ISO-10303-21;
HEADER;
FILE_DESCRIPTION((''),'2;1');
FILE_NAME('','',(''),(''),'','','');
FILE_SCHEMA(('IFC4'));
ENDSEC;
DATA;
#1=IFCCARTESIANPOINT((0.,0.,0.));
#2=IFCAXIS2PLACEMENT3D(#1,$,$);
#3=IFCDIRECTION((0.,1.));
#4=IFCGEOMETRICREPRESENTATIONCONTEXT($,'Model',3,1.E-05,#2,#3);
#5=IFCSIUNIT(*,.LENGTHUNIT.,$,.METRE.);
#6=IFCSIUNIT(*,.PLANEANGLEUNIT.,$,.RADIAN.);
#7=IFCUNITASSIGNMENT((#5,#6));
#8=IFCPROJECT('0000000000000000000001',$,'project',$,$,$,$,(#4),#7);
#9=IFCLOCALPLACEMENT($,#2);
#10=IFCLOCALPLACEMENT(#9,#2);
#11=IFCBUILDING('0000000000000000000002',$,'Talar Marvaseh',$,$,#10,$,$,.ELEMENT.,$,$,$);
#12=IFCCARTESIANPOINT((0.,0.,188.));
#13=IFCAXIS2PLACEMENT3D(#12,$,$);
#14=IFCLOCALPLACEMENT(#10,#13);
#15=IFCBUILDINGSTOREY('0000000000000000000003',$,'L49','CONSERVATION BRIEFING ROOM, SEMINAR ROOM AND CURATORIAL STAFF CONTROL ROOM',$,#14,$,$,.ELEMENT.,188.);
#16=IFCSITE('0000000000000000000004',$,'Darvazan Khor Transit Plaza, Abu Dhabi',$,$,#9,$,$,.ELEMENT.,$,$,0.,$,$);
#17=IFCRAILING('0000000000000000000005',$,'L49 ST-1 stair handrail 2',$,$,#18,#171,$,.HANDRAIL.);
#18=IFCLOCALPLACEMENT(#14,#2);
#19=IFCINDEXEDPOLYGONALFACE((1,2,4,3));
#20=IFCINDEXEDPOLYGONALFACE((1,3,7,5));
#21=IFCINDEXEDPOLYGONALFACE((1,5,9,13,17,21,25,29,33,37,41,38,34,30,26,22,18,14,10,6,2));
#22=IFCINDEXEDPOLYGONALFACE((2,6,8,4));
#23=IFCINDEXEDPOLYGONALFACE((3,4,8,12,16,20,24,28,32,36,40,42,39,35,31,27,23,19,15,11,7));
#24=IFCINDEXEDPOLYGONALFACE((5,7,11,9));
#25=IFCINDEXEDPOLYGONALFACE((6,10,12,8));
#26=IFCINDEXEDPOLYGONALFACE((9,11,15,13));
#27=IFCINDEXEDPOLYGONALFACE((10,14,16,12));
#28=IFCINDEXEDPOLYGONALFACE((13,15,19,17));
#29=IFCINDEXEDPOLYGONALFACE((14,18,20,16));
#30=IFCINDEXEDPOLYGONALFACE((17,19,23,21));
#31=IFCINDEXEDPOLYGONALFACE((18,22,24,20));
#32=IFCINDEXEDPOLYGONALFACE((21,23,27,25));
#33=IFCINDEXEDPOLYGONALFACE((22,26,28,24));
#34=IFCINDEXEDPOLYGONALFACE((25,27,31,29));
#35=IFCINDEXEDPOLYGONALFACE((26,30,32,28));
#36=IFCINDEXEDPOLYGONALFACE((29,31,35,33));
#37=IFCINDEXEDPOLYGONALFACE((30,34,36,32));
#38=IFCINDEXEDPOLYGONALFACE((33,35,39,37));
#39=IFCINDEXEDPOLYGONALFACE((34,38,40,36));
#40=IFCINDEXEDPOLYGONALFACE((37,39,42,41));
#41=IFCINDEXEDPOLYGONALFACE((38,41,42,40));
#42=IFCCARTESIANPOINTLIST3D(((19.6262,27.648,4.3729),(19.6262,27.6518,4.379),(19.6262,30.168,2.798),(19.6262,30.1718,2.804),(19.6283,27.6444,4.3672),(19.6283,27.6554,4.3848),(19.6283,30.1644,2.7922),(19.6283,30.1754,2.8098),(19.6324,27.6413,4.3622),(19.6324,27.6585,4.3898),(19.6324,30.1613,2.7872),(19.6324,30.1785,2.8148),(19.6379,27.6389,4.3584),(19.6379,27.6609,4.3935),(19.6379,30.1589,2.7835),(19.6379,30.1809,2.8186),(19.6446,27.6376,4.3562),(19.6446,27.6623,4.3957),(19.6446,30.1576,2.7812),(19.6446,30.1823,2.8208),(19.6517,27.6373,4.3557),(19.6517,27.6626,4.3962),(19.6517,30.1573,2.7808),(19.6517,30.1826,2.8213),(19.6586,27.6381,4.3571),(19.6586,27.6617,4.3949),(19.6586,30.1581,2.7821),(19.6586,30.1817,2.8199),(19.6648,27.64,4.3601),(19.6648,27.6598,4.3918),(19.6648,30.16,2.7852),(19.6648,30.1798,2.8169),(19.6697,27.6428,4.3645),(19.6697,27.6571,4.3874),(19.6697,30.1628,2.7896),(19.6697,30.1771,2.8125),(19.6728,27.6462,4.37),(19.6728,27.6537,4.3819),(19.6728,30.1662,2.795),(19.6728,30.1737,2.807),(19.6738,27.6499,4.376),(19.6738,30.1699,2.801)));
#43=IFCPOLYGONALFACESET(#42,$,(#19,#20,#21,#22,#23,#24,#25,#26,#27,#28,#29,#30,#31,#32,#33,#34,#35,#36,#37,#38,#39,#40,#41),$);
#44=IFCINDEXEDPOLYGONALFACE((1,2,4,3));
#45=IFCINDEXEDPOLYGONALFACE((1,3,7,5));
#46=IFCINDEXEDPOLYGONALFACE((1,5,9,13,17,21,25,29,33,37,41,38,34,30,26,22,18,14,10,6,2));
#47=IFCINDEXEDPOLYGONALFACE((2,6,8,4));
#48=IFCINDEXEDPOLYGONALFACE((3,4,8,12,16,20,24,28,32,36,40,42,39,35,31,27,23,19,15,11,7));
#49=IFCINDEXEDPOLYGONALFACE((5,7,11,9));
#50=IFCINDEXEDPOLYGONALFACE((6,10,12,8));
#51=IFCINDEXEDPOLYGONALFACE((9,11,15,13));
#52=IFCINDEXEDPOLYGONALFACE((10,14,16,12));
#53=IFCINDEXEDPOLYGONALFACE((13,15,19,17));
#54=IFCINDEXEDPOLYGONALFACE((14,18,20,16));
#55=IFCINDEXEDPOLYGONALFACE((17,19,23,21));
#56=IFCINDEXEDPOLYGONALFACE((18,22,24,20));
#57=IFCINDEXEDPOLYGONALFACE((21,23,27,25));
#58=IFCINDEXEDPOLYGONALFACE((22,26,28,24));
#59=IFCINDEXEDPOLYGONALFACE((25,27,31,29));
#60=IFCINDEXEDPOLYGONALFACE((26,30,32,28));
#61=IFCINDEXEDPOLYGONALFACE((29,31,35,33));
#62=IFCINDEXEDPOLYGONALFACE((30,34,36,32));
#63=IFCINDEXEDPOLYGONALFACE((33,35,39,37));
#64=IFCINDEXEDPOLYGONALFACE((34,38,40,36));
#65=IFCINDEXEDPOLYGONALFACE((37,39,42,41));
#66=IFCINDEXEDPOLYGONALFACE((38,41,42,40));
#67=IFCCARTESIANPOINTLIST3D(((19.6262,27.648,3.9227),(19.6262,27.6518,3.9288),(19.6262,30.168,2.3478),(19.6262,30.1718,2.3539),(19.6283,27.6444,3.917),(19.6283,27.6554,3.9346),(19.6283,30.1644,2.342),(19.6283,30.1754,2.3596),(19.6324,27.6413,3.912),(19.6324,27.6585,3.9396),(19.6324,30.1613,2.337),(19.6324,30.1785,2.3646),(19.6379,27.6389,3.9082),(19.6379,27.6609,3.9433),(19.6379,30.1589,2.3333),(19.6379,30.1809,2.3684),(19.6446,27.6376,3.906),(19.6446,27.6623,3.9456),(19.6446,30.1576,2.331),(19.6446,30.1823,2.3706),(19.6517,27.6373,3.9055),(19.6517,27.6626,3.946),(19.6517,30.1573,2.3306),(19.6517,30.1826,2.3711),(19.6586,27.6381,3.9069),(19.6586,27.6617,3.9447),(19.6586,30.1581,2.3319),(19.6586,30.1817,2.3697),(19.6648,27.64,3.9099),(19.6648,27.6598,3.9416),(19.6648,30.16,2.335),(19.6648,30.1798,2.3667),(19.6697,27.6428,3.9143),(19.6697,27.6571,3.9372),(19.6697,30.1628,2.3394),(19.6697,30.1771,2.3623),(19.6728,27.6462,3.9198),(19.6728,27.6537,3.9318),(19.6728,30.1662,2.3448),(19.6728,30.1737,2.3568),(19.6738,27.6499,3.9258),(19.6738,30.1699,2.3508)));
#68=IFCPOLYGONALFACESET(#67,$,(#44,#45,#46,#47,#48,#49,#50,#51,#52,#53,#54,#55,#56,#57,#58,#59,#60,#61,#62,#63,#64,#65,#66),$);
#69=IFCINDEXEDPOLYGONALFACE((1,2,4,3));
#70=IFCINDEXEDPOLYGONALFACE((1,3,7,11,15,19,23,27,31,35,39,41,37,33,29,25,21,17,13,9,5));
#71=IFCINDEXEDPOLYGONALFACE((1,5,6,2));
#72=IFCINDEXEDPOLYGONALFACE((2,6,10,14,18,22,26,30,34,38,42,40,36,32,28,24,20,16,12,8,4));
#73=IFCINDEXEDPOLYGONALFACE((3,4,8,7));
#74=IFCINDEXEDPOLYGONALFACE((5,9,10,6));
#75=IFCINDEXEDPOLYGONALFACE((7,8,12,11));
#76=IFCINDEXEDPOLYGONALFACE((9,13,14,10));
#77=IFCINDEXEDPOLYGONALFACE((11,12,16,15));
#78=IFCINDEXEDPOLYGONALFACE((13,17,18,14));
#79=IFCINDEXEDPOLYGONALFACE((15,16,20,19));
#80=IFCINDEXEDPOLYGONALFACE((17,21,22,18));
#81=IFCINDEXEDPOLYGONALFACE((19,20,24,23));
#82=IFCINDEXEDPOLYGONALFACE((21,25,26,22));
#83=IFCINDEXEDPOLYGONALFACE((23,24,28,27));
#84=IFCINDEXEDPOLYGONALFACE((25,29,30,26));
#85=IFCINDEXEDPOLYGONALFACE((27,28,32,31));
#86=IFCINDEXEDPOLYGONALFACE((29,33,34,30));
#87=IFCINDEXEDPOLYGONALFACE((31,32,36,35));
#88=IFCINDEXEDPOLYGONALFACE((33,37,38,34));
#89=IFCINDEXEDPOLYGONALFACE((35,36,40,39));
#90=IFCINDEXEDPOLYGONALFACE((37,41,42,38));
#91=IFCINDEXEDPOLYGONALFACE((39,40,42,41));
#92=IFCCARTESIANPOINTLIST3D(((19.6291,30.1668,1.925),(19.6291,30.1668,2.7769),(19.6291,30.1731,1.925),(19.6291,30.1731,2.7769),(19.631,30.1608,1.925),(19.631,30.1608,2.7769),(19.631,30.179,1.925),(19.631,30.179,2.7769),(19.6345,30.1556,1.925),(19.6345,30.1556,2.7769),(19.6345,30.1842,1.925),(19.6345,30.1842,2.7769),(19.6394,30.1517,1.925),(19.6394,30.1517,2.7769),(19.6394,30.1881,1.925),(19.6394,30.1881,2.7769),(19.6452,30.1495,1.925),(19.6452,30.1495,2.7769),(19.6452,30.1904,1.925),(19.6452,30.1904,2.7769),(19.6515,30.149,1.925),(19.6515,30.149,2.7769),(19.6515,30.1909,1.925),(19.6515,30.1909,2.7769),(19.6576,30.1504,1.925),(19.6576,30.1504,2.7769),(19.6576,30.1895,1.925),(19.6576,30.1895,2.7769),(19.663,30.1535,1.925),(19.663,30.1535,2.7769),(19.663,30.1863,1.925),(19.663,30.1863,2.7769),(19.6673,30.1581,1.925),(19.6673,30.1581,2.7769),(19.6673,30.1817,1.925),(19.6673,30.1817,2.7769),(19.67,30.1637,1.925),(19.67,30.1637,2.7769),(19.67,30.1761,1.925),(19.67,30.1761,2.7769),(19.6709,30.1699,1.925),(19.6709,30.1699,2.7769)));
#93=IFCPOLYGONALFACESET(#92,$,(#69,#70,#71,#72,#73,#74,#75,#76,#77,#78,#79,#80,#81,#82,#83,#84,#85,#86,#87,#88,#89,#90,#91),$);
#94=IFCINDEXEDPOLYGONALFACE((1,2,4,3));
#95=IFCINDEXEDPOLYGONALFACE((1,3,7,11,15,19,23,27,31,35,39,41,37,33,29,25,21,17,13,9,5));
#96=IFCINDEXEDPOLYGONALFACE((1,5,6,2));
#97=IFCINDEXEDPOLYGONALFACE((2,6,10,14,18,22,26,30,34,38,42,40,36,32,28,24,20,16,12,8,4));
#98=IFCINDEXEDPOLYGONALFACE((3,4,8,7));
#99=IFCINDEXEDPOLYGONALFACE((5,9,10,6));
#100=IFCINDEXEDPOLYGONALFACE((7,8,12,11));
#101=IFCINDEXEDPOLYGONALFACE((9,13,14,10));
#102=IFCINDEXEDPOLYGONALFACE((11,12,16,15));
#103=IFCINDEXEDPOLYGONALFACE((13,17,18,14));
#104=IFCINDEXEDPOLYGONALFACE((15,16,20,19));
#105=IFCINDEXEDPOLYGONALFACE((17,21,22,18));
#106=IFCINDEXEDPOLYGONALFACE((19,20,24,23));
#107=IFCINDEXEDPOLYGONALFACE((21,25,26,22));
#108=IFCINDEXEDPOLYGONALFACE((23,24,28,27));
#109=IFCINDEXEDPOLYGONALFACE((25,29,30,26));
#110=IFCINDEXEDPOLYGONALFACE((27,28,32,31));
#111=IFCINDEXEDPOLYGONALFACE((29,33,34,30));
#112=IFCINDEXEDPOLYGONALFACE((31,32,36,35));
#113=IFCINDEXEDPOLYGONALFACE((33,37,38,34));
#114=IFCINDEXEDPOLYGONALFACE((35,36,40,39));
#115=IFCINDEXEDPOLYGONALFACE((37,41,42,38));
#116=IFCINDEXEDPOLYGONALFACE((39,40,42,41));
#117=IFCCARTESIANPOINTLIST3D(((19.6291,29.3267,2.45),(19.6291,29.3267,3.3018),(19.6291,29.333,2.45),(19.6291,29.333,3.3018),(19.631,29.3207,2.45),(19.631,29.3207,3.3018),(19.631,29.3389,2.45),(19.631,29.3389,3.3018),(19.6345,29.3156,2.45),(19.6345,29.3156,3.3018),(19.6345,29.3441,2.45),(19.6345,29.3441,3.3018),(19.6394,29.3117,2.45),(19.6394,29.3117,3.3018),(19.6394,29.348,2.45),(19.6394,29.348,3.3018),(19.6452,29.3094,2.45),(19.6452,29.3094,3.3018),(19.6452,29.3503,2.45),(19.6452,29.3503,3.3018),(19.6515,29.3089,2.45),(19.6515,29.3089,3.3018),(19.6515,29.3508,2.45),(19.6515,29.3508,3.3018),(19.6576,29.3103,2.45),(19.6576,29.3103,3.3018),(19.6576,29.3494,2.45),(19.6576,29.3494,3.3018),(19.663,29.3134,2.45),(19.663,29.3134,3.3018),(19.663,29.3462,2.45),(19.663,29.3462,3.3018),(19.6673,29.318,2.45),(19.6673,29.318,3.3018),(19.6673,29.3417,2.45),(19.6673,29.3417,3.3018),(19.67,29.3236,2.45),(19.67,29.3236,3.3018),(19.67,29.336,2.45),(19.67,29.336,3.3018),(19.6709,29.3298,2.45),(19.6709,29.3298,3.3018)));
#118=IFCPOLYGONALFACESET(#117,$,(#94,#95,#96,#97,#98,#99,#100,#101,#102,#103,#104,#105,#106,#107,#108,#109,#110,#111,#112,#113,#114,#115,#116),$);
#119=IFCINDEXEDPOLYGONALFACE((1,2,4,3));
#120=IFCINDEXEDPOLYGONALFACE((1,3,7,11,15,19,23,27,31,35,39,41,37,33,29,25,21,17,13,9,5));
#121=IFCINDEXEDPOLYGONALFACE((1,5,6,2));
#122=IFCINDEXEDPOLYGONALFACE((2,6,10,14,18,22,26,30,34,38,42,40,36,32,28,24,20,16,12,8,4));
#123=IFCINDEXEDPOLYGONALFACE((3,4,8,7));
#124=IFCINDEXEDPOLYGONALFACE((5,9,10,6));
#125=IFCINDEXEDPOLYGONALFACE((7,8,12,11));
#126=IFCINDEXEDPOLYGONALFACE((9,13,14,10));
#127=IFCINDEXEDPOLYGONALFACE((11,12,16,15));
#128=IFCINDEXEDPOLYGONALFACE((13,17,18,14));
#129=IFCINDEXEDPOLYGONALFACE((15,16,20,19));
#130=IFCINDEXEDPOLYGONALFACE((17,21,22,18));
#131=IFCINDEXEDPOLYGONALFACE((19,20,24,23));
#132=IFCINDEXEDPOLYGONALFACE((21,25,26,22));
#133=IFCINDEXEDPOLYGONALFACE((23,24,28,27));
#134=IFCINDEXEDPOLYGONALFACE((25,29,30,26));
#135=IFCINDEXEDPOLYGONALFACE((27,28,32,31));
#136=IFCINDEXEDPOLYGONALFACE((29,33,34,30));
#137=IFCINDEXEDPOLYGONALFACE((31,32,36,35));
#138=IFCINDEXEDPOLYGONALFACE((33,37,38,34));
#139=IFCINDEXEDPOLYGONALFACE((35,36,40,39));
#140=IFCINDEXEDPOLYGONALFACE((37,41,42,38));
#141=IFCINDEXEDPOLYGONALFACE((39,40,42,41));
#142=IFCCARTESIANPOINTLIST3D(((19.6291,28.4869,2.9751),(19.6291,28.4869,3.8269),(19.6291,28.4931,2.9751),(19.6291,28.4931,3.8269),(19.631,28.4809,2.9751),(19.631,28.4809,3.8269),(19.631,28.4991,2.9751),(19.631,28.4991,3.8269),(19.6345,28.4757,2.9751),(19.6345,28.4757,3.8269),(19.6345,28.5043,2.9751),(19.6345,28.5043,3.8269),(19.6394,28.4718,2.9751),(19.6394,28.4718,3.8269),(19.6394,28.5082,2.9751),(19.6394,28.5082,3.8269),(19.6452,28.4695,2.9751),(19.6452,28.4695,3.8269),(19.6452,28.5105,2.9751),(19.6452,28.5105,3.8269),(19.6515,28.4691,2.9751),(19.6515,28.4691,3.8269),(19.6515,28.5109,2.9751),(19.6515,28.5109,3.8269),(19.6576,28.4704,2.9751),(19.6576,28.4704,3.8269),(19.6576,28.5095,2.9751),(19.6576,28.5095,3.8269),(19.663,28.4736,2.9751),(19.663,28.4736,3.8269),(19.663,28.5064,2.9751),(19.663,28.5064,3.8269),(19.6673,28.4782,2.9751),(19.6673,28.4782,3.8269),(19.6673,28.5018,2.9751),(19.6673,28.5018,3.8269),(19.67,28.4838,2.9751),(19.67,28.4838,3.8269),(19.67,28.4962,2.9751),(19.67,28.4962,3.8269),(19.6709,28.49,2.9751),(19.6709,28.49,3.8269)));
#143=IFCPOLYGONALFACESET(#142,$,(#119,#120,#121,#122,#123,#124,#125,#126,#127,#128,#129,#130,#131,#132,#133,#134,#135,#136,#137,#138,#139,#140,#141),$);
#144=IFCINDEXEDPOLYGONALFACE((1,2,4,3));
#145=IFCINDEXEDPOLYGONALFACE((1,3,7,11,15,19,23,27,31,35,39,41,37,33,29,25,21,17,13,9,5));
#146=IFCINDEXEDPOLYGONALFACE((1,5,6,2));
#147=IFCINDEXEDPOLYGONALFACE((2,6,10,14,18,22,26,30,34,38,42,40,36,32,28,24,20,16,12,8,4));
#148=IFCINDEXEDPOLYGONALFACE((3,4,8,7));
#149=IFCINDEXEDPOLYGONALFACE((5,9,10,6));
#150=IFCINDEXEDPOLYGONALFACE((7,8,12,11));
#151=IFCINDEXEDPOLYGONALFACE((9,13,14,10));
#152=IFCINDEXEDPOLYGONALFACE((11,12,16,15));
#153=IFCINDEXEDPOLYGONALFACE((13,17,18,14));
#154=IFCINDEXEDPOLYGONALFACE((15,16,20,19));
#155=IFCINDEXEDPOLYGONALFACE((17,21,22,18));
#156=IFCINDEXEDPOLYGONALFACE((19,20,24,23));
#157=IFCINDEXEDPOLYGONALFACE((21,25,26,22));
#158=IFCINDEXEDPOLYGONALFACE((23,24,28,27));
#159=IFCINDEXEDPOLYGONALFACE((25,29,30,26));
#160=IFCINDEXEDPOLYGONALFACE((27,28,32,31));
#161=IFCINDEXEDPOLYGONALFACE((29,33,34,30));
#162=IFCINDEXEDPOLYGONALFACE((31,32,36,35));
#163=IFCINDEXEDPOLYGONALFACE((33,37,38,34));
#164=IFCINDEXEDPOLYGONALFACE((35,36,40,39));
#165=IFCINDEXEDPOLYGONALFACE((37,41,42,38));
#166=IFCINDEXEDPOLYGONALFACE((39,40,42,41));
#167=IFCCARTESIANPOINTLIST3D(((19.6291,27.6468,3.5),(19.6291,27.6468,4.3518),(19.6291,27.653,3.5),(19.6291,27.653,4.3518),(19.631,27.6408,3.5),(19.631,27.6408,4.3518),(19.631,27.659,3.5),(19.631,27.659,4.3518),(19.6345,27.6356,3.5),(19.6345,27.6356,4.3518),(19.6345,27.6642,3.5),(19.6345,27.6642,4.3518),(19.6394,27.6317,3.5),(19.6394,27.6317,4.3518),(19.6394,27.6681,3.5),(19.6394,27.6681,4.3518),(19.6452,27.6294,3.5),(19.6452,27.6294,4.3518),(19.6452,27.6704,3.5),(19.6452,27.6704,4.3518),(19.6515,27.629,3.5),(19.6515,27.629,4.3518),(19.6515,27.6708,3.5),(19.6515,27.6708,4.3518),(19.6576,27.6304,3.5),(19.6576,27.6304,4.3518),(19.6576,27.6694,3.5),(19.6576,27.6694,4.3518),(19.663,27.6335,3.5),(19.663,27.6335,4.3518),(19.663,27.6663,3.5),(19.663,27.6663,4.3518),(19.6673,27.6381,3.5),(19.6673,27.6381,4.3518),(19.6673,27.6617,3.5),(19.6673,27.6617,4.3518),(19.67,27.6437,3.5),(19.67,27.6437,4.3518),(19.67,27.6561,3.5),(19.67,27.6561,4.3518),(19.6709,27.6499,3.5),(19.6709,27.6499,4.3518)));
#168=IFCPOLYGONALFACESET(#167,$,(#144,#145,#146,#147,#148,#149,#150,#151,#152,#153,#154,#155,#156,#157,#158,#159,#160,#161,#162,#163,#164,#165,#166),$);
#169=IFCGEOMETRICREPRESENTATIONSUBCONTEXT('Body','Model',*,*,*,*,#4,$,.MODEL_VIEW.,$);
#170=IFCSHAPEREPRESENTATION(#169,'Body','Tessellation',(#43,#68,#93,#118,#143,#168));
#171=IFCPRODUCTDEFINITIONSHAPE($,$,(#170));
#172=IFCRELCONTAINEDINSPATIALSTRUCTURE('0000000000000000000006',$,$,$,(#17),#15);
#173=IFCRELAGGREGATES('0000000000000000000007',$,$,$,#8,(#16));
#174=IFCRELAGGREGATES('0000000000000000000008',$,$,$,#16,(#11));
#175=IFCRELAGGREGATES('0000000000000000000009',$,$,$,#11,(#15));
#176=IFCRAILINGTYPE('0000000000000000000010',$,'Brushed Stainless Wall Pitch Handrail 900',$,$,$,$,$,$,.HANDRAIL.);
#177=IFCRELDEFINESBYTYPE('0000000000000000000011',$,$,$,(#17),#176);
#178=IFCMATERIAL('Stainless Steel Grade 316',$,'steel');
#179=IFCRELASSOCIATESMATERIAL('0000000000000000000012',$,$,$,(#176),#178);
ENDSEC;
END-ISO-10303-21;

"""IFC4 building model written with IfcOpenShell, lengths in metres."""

from ifc_helpers import new_model, si_unit, direction, frame, origin, origin_2d, place, context, subcontext, project, spatial, circle, extrude, material, type_object, element, save


model = new_model("IFC4")

# Units and contexts
model_context = context("Model", 3, precision=1e-05, world=origin(), true_north=direction((0.0, 1.0)))
body_context = subcontext(model_context, "Body", "Model", "MODEL_VIEW")
ifc_project = project(units=[si_unit("LENGTHUNIT", "METRE"), si_unit("PLANEANGLEUNIT", "RADIAN")], contexts=[model_context])

# Site, building, storey
site_placement = place(None, origin())
site = spatial("IfcSite", under=ifc_project, at=site_placement, Name="Darvazan Khor Transit Plaza, Abu Dhabi", CompositionType="ELEMENT", RefElevation=0.0)
building_placement = place(site_placement, origin())
building = spatial("IfcBuilding", under=site, at=building_placement, Name="Talar Marvaseh", CompositionType="ELEMENT")
storey_placement = place(building_placement, frame((0.0, 0.0, 188.0)))
storey = spatial("IfcBuildingStorey", under=building, at=storey_placement, Name="L49", Description="CONSERVATION BRIEFING ROOM, SEMINAR ROOM AND CURATORIAL STAFF CONTROL ROOM", CompositionType="ELEMENT", Elevation=188.0)

# Railing
ifc_material_1 = material(Name="Stainless Steel Grade 316", Category="steel")
railing_type_1 = type_object("IfcRailingType", Name="Brushed Stainless Wall Pitch Handrail 900", PredefinedType="HANDRAIL", material=ifc_material_1)
railing_1_placement = place(storey_placement, frame((19.6499, 30.1699, 1.925)))
element("IfcRailing", 1, at=railing_1_placement, inside=storey, type_object=railing_type_1, Name="L49 ST-1 stair handrail 2", PredefinedType="HANDRAIL", context=body_context, shape_type="SweptSolid", body=[
    extrude(circle(Radius=0.0239, at=origin_2d()), frame((0.0, 0.0, 0.876), z_axis=(0.0, -0.848008, 0.529984), x_axis=(1.0, 0.0, 0.0)), (0.0, 0.0, 1.0), 2.9717),
    extrude(circle(Radius=0.0239, at=origin_2d()), frame((0.0, 0.0, 0.4258), z_axis=(0.0, -0.848008, 0.529984), x_axis=(1.0, 0.0, 0.0)), (0.0, 0.0, 1.0), 2.9717),
    extrude(circle(Radius=0.021, at=origin_2d()), origin(), (0.0, 0.0, 1.0), 0.8518),
    extrude(circle(Radius=0.021, at=origin_2d()), frame((0.0, -0.8401, 0.5249)), (0.0, 0.0, 1.0), 0.8518),
    extrude(circle(Radius=0.021, at=origin_2d()), frame((0.0, -1.6799, 1.05)), (0.0, 0.0, 1.0), 0.8518),
    extrude(circle(Radius=0.021, at=origin_2d()), frame((0.0, -2.52, 1.575)), (0.0, 0.0, 1.0), 0.8518),
])

save(model, "model.ifc")
